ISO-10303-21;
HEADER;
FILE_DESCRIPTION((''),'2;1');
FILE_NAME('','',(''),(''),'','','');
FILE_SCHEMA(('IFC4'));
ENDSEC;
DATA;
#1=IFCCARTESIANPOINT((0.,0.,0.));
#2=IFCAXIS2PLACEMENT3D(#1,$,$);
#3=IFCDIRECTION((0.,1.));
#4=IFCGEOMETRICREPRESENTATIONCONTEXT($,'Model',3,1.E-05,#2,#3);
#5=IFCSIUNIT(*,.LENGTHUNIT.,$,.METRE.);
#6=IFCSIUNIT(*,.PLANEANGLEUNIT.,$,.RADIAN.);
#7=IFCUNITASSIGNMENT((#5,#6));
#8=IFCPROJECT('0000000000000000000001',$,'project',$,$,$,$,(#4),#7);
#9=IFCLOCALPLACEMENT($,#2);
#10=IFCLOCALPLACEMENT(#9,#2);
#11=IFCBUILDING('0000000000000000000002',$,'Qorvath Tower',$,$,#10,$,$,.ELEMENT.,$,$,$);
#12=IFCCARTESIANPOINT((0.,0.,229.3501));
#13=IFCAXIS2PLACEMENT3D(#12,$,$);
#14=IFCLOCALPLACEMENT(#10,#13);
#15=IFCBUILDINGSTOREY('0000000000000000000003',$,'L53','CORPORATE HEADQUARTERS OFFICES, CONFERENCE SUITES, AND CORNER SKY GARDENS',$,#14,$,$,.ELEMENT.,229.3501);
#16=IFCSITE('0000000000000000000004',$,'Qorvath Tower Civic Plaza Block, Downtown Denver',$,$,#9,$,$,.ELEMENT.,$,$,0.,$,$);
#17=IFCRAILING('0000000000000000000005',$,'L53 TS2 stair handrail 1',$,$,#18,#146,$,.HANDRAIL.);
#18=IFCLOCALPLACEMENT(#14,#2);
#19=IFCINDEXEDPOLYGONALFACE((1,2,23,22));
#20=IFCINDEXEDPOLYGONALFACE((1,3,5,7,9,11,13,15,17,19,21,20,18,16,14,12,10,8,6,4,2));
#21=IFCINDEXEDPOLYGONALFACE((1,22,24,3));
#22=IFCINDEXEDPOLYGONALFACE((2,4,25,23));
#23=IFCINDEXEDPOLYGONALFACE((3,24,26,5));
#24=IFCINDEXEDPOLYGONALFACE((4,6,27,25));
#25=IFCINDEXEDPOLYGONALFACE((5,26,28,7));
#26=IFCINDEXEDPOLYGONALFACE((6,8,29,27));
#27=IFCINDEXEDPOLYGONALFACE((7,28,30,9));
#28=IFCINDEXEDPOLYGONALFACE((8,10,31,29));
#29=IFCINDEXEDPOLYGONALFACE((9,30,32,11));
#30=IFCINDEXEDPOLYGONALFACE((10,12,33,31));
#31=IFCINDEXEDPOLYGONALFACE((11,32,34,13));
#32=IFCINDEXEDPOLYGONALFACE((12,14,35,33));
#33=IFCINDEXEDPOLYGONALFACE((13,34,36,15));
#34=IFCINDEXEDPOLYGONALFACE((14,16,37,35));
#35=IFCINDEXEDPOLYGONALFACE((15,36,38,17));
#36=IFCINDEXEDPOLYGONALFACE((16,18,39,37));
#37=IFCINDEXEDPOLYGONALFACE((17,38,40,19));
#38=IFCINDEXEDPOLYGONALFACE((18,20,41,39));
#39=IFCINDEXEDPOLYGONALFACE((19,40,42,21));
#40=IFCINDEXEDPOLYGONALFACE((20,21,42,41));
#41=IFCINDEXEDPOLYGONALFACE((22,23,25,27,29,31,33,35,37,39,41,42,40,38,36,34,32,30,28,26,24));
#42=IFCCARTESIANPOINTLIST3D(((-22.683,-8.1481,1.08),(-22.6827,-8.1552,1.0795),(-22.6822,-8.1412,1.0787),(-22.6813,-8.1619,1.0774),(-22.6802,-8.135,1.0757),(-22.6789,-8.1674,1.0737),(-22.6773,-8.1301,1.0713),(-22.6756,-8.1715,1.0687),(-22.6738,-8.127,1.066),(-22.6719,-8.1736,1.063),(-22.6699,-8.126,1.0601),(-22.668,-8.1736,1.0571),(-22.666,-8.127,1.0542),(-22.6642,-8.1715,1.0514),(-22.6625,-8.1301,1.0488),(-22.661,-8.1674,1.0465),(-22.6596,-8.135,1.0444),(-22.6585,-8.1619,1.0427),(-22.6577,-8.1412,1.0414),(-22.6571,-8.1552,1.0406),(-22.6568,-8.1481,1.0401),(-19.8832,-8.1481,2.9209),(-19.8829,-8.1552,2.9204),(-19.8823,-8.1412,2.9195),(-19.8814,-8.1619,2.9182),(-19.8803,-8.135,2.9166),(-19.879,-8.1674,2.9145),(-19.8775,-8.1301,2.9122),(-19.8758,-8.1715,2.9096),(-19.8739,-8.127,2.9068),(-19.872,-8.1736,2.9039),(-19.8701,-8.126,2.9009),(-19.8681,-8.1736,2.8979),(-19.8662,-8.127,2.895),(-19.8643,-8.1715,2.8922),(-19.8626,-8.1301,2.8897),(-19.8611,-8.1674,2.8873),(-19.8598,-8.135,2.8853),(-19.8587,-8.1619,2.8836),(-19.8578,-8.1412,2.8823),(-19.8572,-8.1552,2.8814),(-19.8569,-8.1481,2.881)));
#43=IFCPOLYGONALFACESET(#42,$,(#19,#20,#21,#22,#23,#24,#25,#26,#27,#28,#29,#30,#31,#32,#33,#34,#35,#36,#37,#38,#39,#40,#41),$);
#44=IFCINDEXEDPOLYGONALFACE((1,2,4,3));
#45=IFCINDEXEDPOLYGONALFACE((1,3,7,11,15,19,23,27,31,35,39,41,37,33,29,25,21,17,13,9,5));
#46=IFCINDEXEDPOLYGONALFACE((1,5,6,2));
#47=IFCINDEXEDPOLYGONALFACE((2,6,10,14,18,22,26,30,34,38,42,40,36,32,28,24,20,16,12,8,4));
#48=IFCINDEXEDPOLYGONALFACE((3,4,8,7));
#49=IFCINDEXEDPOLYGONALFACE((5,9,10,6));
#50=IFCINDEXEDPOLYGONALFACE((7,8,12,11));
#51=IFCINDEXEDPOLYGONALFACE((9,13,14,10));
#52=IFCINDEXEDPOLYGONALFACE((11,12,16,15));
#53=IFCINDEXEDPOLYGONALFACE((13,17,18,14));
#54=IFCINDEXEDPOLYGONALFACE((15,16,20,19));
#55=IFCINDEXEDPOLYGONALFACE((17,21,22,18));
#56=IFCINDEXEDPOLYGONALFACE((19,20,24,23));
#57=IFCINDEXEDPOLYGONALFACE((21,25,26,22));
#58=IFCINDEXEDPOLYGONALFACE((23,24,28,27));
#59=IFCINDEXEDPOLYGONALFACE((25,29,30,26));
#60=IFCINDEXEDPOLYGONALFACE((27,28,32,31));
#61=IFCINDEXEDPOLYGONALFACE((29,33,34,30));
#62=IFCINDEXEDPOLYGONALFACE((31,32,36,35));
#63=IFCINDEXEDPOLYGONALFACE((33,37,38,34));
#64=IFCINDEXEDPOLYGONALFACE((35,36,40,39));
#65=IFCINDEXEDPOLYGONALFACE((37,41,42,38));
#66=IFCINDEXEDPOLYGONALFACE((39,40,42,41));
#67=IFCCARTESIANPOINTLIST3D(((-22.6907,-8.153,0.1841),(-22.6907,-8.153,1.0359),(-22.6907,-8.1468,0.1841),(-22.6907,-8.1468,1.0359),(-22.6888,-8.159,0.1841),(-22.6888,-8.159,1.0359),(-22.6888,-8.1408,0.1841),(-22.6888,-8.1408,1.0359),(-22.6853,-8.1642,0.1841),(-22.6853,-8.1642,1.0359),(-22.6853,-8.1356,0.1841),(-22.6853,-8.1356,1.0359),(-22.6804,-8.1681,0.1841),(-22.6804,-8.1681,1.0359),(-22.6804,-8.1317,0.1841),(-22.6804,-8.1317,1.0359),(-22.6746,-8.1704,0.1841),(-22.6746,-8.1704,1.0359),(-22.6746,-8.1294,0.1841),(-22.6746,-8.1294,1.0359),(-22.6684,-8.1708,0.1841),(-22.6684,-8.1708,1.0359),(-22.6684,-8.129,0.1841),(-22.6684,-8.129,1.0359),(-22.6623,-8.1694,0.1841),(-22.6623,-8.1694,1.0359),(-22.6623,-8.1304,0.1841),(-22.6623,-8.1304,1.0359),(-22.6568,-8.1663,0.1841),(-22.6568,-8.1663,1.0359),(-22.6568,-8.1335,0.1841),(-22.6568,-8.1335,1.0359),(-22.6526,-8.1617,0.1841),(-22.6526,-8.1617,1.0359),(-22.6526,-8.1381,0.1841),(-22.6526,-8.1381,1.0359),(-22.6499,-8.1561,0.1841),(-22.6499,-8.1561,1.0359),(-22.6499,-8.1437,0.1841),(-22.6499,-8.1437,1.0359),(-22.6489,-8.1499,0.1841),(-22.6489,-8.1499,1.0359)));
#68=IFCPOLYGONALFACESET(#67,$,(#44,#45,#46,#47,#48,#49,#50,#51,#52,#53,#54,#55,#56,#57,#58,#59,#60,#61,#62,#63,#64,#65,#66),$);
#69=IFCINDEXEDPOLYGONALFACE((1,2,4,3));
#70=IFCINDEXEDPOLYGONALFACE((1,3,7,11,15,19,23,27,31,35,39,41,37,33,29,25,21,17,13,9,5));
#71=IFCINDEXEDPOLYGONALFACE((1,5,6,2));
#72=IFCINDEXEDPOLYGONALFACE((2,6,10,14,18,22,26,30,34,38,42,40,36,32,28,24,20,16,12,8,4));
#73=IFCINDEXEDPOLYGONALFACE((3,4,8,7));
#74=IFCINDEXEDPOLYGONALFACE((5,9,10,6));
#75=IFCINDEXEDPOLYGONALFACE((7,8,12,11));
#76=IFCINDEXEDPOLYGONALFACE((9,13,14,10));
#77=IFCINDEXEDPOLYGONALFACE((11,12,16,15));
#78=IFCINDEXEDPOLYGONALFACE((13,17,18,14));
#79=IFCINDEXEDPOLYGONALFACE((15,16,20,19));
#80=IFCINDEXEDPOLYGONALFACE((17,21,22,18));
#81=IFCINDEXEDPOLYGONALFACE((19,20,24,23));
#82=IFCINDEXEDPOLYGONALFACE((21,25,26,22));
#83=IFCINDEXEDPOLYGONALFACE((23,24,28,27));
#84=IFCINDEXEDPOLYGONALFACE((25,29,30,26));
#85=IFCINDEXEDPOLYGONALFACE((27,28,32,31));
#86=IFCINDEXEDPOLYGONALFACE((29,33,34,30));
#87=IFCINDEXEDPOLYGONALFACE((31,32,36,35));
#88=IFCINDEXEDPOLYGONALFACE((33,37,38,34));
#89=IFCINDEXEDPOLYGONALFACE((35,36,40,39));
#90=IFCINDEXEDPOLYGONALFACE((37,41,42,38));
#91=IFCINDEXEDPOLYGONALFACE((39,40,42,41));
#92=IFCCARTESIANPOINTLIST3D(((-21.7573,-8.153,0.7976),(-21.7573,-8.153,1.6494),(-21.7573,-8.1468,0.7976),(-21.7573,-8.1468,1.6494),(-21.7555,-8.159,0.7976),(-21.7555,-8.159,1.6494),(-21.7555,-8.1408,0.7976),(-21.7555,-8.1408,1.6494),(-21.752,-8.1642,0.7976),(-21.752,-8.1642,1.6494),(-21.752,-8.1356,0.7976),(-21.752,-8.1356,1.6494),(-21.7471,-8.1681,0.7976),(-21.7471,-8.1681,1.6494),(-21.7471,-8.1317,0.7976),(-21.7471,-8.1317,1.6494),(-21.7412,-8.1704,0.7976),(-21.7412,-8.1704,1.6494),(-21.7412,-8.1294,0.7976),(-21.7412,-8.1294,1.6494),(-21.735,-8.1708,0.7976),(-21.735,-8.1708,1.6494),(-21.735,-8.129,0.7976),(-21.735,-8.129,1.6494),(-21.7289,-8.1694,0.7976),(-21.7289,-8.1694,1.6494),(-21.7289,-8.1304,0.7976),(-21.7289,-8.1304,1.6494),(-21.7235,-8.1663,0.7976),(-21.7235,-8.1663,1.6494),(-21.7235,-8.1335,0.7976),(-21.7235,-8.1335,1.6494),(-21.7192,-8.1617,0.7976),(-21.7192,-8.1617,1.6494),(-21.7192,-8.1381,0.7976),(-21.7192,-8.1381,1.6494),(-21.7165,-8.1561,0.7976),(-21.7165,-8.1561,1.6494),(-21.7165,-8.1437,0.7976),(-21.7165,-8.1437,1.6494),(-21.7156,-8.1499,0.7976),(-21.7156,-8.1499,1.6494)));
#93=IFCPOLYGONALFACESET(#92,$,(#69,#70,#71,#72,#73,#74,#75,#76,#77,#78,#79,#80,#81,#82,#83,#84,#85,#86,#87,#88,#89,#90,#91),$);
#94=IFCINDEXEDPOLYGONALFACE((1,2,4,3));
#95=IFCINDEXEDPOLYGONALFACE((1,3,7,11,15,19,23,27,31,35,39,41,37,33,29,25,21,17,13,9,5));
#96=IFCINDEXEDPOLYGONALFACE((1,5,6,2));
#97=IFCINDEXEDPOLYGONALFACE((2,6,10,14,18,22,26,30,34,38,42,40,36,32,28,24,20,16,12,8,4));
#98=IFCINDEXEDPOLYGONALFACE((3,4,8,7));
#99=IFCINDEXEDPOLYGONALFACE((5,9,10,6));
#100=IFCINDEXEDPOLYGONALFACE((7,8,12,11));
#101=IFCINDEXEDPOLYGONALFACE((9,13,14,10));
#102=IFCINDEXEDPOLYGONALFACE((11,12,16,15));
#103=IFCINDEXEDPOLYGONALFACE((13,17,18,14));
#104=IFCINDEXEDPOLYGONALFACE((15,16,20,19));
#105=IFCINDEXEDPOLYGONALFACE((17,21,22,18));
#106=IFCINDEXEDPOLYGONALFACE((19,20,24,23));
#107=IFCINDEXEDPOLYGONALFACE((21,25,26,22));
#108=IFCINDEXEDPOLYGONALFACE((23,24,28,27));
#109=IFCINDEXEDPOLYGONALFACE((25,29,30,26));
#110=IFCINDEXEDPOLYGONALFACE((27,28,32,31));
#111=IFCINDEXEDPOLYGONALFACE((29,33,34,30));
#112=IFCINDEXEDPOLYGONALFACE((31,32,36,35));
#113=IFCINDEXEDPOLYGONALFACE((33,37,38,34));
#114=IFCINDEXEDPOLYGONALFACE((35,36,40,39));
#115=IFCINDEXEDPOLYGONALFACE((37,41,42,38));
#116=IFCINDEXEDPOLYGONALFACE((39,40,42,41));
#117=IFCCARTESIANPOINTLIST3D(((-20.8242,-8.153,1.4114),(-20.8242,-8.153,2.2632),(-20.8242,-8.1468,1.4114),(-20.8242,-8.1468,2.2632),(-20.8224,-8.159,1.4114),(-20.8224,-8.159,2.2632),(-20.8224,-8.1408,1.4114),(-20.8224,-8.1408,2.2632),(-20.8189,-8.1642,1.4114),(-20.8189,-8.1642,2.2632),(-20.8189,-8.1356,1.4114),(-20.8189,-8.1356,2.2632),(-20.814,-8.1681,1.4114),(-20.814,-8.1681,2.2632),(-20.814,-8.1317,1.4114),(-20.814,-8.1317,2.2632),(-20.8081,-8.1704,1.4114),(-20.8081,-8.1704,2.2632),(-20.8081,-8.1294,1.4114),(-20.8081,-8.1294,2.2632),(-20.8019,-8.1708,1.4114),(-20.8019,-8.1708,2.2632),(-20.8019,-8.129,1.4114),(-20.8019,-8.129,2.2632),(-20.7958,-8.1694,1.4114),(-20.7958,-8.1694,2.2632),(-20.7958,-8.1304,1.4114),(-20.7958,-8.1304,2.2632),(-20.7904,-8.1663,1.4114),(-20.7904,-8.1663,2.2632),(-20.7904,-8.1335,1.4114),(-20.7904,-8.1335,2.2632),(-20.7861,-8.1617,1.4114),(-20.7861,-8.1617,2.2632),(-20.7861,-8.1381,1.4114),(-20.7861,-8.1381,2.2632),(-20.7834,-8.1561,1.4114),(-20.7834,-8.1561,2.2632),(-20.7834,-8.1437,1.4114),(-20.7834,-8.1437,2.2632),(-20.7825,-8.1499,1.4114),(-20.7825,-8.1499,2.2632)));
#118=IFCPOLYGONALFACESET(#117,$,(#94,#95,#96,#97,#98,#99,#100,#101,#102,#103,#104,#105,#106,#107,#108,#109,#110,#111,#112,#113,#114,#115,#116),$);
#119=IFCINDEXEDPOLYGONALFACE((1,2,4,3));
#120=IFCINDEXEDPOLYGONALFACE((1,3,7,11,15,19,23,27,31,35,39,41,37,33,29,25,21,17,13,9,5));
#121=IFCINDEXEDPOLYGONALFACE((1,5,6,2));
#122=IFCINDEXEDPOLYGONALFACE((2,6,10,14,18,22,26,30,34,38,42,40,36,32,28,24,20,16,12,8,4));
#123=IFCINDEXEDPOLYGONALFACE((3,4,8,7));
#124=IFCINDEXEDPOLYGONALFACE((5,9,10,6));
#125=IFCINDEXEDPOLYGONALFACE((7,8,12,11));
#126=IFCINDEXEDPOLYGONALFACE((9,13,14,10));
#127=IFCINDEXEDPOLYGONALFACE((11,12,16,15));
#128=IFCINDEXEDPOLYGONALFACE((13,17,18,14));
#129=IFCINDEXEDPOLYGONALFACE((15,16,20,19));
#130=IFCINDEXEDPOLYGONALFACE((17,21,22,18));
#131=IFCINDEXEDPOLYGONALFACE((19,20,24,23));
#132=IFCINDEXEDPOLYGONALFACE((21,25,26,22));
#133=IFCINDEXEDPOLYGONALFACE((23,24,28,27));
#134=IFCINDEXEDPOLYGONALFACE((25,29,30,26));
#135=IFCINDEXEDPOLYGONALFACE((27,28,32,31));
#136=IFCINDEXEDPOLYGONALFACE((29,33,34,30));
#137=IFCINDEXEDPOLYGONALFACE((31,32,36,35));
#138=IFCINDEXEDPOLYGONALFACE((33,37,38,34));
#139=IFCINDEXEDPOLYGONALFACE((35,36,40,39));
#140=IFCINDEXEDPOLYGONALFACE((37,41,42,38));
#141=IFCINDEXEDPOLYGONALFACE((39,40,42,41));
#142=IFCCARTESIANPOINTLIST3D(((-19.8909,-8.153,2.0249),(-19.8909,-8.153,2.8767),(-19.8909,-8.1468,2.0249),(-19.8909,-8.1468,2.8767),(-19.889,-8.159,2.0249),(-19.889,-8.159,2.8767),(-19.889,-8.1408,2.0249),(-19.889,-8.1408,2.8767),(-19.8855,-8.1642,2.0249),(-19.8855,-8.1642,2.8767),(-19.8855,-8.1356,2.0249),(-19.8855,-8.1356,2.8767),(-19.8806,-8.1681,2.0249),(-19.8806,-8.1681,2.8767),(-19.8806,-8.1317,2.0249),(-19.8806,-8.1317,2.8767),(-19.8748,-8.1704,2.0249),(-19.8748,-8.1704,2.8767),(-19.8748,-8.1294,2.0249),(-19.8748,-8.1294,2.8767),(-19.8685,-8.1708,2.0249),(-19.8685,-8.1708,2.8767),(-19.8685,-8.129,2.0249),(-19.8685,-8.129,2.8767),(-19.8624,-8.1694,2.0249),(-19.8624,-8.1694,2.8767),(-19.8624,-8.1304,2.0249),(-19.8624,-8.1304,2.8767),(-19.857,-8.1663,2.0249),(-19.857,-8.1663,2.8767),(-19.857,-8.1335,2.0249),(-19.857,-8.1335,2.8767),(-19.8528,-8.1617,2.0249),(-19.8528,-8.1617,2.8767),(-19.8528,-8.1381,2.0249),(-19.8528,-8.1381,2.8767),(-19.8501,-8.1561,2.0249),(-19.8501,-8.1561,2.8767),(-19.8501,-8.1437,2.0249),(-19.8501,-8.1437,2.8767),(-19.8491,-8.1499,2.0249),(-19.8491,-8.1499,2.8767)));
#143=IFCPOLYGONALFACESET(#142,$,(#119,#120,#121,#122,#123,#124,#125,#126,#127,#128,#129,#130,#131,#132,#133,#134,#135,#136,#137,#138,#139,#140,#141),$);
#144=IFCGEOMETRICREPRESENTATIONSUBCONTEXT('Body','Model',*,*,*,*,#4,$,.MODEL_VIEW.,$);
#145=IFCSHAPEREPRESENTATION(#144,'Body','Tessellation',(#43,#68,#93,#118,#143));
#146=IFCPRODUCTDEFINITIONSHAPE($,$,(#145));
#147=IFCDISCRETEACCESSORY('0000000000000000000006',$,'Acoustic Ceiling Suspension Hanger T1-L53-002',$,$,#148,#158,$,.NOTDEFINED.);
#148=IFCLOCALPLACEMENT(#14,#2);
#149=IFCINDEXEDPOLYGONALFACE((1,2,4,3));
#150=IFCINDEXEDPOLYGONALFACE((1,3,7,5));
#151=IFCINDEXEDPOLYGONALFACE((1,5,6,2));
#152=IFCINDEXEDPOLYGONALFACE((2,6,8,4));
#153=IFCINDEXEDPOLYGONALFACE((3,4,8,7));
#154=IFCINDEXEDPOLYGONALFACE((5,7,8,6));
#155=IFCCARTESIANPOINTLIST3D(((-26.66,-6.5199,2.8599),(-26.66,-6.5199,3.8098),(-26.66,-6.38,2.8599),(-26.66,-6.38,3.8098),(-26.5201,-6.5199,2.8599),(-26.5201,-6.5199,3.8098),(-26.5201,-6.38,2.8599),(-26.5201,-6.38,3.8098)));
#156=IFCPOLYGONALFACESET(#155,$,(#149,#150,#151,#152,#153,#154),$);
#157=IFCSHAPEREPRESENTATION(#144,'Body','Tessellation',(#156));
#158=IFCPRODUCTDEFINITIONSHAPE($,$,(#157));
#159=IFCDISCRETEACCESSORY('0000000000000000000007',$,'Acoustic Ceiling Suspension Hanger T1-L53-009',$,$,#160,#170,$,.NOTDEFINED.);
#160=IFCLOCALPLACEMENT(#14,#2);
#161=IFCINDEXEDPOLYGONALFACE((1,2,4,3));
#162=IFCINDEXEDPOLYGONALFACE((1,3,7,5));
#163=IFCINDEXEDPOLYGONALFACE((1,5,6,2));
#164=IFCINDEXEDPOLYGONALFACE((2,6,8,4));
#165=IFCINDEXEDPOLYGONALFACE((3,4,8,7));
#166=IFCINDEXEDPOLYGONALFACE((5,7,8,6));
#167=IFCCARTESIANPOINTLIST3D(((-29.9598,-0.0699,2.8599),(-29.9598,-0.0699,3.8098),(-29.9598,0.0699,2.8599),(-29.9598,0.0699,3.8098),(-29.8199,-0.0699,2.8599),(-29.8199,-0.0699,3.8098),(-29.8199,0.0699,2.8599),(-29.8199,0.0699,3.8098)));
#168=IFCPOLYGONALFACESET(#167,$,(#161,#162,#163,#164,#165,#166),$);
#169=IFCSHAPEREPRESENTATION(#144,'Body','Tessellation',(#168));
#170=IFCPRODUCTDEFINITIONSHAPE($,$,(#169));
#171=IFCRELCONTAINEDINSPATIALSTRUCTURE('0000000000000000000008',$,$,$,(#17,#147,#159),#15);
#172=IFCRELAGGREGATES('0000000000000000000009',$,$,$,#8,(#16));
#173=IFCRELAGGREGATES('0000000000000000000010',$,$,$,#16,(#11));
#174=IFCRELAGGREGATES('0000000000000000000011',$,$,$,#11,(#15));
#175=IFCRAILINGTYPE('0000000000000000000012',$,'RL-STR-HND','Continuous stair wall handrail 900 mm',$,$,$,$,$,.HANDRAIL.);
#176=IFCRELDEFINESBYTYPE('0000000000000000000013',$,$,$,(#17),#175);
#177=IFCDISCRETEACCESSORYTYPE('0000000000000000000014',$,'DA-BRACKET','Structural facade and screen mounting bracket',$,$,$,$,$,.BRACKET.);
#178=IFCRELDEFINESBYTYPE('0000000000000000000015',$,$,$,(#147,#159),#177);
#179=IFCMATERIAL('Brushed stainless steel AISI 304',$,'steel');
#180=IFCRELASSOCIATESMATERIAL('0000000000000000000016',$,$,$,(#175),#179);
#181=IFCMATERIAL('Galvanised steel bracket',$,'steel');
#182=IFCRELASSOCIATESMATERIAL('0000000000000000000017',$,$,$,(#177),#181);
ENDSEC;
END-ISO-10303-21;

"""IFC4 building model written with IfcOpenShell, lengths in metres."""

from ifc_helpers import new_model, si_unit, direction, frame, origin, origin_2d, place, context, subcontext, project, spatial, rectangle, circle, extrude, material, type_object, element, save


model = new_model("IFC4")

# Units and contexts
model_context = context("Model", 3, precision=1e-05, world=origin(), true_north=direction((0.0, 1.0)))
body_context = subcontext(model_context, "Body", "Model", "MODEL_VIEW")
ifc_project = project(units=[si_unit("LENGTHUNIT", "METRE"), si_unit("PLANEANGLEUNIT", "RADIAN")], contexts=[model_context])

# Site, building, storey
site_placement = place(None, origin())
site = spatial("IfcSite", under=ifc_project, at=site_placement, Name="Qorvath Tower Civic Plaza Block, Downtown Denver", CompositionType="ELEMENT", RefElevation=0.0)
building_placement = place(site_placement, origin())
building = spatial("IfcBuilding", under=site, at=building_placement, Name="Qorvath Tower", CompositionType="ELEMENT")
storey_placement = place(building_placement, frame((0.0, 0.0, 229.3501)))
storey = spatial("IfcBuildingStorey", under=building, at=storey_placement, Name="L53", Description="CORPORATE HEADQUARTERS OFFICES, CONFERENCE SUITES, AND CORNER SKY GARDENS", CompositionType="ELEMENT", Elevation=229.3501)

# Railing
ifc_material_1 = material(Name="Brushed stainless steel AISI 304", Category="steel")
railing_type_1 = type_object("IfcRailingType", Name="RL-STR-HND", Description="Continuous stair wall handrail 900 mm", PredefinedType="HANDRAIL", material=ifc_material_1)
railing_1_placement = place(storey_placement, frame((-22.6699, -8.1499, 0.1841)))
element("IfcRailing", 1, at=railing_1_placement, inside=storey, type_object=railing_type_1, Name="L53 TS2 stair handrail 1", PredefinedType="HANDRAIL", context=body_context, shape_type="SweptSolid", body=[
    extrude(circle(Radius=0.0239, at=origin_2d()), frame((0.0, 0.0, 0.876), z_axis=(0.835576, 0.0, 0.549376), x_axis=(0.0, 1.0, 0.0)), (0.0, 0.0, 1.0), 3.3508),
    extrude(circle(Radius=0.021, at=origin_2d()), origin(), (0.0, 0.0, 1.0), 0.8518),
    extrude(circle(Radius=0.021, at=origin_2d()), frame((0.9333, 0.0, 0.6135)), (0.0, 0.0, 1.0), 0.8518),
    extrude(circle(Radius=0.021, at=origin_2d()), frame((1.8665, 0.0, 1.2273)), (0.0, 0.0, 1.0), 0.8518),
    extrude(circle(Radius=0.021, at=origin_2d()), frame((2.7998, 0.0, 1.8408)), (0.0, 0.0, 1.0), 0.8518),
])

# Discrete accessories
ifc_material_2 = material(Name="Galvanised steel bracket", Category="steel")
discrete_accessory_type = type_object("IfcDiscreteAccessoryType", Name="DA-BRACKET", Description="Structural facade and screen mounting bracket", PredefinedType="BRACKET", material=ifc_material_2)
for number, where, z_axis, x_axis, name in (
    (2, (-26.5901, -6.45, 2.8599), (0.0, 0.0, 1.0), (1.0, 0.0, 0.0), "Acoustic Ceiling Suspension Hanger T1-L53-002"),
    (3, (-29.8899, 0.0, 2.8599), (0.0, 0.0, 1.0), (1.0, 0.0, 0.0), "Acoustic Ceiling Suspension Hanger T1-L53-009"),
):
    element("IfcDiscreteAccessory", number, at=place(storey_placement, frame(where, z_axis=z_axis, x_axis=x_axis)), inside=storey, type_object=discrete_accessory_type, Name=name, PredefinedType="NOTDEFINED", context=body_context, shape_type="SweptSolid", body=[
        extrude(rectangle(XDim=0.1399, YDim=0.1399, at=origin_2d()), origin(), (0.0, 0.0, 1.0), 0.95),
    ])

save(model, "model.ifc")
